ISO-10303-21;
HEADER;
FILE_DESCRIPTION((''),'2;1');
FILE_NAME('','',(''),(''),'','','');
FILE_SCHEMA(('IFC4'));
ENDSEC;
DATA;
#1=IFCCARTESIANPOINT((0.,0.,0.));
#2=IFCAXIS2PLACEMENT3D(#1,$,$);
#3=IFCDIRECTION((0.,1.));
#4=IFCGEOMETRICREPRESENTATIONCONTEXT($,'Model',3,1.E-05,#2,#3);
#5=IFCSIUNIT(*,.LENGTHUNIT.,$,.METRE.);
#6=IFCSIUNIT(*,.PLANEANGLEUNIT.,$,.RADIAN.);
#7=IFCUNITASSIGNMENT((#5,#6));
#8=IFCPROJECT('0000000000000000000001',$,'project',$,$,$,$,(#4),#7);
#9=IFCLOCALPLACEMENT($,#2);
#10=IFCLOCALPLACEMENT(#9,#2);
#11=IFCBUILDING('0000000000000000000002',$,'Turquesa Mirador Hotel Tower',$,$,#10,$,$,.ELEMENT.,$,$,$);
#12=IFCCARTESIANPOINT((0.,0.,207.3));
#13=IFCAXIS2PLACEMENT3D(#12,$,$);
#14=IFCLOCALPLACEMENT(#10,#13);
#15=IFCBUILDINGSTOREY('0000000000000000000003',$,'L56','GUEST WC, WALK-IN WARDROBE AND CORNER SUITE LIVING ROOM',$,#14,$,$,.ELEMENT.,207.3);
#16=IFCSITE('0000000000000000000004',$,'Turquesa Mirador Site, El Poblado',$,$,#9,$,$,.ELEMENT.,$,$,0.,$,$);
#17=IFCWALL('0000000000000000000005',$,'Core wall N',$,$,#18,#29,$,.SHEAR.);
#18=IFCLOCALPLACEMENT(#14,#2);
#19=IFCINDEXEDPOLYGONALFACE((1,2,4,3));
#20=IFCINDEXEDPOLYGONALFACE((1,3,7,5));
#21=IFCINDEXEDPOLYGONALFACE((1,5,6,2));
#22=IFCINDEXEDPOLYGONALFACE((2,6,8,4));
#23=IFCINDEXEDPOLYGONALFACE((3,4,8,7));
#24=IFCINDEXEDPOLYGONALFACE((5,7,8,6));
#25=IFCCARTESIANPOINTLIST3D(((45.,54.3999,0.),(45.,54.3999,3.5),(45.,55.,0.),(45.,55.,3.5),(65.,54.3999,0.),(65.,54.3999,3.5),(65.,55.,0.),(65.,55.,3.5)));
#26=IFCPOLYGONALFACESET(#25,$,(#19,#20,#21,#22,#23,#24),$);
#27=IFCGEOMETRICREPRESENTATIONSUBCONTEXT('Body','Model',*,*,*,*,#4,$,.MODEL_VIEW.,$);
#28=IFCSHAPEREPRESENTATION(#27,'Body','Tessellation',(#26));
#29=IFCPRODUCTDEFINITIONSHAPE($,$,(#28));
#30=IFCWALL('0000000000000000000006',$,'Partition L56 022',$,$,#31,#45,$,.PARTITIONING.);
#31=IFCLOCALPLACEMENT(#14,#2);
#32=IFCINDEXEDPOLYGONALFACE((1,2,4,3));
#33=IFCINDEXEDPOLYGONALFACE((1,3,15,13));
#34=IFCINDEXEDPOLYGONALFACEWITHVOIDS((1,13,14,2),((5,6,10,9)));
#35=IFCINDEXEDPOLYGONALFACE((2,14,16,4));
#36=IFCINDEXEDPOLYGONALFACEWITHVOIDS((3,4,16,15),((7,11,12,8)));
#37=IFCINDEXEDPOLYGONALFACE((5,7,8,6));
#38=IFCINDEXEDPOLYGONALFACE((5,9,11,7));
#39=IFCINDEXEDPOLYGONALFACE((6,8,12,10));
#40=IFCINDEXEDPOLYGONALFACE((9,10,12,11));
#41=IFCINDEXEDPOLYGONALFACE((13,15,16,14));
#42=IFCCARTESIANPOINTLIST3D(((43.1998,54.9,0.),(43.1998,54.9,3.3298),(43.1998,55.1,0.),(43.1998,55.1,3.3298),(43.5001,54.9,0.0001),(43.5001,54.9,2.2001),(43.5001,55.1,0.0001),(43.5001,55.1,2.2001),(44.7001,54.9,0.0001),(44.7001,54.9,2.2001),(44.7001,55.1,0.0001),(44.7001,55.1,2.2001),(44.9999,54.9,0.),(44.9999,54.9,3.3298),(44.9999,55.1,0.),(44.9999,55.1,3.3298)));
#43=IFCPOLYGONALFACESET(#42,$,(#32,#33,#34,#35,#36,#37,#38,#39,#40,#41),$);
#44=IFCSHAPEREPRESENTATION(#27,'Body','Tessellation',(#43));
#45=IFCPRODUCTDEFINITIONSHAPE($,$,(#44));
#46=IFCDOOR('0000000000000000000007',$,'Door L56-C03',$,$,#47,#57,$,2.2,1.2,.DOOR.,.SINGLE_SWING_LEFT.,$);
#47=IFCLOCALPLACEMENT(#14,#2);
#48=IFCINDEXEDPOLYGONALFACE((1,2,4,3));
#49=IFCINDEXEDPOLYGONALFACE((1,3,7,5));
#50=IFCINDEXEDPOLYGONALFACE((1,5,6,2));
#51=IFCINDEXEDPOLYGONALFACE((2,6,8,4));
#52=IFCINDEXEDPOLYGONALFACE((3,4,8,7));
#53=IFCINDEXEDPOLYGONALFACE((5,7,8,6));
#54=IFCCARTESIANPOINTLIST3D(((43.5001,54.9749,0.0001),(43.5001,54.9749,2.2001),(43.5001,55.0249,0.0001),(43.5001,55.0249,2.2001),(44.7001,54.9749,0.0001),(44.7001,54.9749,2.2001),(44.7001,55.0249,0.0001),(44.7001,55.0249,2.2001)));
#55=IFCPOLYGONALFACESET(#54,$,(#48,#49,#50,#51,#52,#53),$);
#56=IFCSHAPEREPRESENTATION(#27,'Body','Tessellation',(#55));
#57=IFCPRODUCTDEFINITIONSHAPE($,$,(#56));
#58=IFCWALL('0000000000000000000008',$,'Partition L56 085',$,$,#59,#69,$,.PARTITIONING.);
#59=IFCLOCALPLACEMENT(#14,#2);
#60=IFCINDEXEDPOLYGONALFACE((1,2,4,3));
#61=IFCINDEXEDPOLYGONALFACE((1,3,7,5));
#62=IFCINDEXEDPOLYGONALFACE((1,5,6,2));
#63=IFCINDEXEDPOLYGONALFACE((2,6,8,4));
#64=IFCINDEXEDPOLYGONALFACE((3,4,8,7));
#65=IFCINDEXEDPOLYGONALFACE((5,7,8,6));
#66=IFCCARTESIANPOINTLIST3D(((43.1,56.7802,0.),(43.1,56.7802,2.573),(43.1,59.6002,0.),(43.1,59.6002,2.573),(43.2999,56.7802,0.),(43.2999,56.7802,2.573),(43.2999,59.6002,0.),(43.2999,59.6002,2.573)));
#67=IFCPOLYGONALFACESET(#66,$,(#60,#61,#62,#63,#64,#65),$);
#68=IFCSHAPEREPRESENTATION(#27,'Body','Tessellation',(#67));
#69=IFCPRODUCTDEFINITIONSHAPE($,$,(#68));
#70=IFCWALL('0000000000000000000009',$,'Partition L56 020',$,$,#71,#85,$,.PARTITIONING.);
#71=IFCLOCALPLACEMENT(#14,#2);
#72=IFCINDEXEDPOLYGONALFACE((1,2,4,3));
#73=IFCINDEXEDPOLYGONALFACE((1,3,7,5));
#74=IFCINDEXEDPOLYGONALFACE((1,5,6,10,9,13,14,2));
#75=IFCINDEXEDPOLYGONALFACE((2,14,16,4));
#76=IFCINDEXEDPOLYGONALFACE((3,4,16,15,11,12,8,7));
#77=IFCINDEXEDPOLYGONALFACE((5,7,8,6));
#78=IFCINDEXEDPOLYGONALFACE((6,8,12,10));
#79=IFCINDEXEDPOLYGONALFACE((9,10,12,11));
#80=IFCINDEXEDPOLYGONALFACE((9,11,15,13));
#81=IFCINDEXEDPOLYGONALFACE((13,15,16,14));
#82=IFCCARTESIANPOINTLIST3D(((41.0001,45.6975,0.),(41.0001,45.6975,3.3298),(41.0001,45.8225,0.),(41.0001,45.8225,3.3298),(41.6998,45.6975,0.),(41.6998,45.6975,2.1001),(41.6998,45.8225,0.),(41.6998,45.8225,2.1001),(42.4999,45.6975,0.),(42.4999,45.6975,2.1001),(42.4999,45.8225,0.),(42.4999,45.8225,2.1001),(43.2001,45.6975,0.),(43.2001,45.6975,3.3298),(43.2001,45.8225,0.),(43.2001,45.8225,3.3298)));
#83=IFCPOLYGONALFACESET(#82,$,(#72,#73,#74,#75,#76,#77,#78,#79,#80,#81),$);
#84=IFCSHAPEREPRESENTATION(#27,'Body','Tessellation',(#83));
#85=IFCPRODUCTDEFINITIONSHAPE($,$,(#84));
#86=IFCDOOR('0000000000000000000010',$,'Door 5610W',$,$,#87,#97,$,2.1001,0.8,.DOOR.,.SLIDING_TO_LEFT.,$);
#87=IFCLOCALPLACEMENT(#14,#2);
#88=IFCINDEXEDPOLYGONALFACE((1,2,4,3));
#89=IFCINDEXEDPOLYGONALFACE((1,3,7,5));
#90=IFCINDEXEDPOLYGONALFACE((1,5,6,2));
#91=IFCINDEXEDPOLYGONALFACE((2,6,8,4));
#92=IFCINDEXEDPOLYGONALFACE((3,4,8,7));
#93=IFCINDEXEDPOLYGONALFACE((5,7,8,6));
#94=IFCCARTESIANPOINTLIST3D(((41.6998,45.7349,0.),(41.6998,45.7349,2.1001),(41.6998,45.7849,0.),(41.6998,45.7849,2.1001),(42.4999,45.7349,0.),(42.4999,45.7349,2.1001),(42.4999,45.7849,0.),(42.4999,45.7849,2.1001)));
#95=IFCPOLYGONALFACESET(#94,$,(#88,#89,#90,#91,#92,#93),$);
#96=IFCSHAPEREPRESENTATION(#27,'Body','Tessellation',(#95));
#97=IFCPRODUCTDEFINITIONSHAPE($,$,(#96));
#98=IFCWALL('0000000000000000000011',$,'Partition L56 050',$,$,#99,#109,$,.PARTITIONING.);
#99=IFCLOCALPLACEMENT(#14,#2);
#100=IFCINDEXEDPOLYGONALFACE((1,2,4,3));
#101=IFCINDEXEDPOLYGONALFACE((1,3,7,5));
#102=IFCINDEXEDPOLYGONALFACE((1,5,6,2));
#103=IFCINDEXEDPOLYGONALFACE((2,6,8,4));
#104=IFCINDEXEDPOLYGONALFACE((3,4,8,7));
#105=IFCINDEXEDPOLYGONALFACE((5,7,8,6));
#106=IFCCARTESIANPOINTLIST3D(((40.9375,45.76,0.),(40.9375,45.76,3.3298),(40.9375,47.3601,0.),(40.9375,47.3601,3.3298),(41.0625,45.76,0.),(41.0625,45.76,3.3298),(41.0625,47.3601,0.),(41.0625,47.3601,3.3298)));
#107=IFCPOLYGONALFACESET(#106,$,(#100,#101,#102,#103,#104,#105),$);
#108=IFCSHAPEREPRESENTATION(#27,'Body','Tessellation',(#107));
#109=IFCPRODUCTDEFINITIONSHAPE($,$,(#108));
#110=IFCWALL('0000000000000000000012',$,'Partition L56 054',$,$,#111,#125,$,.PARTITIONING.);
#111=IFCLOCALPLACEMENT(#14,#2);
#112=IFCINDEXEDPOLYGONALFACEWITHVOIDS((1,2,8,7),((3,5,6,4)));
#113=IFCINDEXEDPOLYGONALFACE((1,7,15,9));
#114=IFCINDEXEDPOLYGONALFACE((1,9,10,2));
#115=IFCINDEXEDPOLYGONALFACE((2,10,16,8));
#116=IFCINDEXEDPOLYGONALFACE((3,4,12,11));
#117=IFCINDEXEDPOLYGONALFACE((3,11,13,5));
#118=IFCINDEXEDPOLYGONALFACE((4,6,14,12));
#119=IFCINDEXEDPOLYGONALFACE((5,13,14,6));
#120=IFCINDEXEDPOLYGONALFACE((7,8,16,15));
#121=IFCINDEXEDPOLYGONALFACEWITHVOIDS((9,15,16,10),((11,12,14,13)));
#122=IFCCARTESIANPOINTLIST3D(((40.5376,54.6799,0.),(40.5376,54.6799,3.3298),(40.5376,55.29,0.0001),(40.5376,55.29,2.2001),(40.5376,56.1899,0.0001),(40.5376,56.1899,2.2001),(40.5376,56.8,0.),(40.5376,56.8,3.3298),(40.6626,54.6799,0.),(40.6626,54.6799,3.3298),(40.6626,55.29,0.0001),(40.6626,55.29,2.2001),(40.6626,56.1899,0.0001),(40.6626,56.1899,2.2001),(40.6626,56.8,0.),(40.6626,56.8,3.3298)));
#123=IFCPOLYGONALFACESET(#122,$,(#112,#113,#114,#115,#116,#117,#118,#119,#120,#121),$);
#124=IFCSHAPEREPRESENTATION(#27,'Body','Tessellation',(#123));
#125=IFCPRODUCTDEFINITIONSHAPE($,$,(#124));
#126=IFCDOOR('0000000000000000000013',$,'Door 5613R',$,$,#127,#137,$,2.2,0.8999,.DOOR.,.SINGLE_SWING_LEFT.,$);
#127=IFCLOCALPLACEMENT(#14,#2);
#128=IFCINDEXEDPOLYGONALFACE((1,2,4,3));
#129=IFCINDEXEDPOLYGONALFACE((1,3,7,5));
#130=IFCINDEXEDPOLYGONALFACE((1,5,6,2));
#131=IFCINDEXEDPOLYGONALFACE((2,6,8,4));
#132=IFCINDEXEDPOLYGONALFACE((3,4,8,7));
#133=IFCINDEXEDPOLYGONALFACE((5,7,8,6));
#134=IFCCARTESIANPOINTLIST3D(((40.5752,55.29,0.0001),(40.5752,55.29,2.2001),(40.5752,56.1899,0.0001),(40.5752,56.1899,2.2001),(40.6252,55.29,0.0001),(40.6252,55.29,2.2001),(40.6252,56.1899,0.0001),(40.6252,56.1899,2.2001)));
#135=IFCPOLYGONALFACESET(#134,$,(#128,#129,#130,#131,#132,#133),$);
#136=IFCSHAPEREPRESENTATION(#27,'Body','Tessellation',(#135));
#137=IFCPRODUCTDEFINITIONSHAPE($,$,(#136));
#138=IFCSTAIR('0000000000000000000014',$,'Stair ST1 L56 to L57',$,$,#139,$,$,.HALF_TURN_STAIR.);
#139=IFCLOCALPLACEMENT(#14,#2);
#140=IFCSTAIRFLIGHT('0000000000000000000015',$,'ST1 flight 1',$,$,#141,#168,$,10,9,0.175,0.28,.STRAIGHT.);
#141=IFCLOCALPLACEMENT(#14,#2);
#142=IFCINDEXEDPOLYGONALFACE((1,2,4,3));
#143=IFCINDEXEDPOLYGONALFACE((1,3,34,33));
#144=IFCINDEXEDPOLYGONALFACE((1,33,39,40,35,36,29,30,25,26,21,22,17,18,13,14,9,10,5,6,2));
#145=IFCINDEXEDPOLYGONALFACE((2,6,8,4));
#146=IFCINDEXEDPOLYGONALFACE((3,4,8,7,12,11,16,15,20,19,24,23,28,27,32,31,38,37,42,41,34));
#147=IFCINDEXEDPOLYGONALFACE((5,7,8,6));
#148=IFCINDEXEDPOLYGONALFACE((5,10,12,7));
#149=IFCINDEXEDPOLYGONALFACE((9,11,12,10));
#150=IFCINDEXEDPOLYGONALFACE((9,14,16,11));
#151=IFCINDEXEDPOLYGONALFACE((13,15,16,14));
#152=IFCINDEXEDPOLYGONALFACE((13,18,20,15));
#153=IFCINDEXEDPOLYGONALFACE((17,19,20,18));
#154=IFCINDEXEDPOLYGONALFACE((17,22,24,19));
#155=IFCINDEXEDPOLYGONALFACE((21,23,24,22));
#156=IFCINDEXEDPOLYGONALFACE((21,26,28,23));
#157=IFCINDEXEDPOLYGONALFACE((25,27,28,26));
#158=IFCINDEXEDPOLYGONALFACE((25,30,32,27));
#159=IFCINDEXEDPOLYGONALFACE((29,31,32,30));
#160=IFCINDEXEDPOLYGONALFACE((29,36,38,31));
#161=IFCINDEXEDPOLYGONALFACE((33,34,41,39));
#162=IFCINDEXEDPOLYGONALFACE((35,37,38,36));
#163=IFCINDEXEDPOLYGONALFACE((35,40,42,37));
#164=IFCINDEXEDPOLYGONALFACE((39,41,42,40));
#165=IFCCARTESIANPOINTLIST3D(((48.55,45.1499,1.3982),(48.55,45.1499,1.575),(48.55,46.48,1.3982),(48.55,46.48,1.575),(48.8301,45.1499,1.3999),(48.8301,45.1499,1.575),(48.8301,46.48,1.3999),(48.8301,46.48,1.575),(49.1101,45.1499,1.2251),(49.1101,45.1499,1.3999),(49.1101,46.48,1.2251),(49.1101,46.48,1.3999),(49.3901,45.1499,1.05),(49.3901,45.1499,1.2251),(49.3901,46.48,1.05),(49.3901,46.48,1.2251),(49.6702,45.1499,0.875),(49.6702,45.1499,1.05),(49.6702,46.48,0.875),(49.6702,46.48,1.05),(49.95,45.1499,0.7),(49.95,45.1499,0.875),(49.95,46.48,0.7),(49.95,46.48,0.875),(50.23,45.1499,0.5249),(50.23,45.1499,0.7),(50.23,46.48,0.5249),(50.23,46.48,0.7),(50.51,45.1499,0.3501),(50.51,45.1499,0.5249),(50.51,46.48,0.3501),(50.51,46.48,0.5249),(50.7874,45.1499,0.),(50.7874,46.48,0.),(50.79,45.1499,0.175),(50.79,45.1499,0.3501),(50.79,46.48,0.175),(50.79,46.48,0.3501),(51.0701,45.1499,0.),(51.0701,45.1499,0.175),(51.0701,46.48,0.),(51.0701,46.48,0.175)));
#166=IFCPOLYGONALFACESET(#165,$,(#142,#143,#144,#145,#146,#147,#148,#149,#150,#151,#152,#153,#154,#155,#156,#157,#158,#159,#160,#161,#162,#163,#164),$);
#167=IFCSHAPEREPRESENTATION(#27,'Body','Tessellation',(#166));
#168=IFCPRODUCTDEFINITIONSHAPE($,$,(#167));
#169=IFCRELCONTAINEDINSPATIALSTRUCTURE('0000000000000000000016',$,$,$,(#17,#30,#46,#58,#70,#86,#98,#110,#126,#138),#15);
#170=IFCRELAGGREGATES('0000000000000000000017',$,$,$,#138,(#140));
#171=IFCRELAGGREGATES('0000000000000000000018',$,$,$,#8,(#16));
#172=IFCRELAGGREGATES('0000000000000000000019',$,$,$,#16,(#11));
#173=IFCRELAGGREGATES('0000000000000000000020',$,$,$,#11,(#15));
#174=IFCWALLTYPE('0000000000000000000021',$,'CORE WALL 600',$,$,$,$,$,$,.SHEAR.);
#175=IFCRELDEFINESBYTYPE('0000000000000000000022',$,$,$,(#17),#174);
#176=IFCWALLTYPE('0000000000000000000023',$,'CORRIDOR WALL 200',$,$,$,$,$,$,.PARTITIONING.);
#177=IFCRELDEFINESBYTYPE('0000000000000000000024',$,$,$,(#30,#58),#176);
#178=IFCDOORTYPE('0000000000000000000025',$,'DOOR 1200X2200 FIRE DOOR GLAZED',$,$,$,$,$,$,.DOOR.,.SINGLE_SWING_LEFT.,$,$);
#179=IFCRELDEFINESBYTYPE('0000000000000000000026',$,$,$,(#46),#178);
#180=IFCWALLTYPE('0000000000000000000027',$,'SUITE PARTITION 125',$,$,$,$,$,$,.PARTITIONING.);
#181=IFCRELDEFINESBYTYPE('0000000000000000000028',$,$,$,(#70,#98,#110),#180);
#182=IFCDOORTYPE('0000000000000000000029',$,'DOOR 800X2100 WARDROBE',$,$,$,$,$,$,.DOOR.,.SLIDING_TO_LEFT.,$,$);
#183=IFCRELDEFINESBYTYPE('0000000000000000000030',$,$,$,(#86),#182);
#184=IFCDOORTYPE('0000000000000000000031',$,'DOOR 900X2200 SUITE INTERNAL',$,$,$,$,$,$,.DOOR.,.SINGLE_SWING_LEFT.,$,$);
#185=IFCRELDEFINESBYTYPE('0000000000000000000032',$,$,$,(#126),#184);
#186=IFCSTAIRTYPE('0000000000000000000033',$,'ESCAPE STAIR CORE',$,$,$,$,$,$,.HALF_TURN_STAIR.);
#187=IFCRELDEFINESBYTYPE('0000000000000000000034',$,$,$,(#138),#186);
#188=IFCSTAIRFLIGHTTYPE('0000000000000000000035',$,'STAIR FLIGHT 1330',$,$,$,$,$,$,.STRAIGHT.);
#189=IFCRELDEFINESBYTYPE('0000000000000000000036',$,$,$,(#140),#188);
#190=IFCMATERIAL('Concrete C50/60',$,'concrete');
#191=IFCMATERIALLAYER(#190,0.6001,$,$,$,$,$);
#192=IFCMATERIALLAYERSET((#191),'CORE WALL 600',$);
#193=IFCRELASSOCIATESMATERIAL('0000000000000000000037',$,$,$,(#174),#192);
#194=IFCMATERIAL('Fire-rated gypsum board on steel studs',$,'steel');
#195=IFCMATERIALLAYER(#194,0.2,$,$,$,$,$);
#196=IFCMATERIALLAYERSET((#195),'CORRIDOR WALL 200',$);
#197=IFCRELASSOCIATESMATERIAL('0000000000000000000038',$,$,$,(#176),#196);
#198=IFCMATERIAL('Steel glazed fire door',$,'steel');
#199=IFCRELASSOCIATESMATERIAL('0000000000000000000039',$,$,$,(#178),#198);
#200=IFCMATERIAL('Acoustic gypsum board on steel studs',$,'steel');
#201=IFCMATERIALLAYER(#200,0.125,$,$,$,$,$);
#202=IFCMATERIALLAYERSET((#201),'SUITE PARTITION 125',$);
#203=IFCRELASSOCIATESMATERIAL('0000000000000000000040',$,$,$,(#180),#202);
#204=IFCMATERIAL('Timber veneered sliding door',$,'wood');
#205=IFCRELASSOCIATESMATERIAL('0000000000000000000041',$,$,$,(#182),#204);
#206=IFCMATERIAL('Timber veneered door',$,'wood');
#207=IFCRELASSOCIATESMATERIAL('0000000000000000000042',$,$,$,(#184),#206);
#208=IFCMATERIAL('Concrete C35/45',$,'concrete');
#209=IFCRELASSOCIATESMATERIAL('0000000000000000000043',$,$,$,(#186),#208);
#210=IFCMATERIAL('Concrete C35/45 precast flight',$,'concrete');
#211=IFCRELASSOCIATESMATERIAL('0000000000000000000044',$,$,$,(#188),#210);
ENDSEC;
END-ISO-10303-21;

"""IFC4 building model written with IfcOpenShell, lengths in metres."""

from ifc_helpers import new_model, si_unit, direction, frame, frame_2d, origin, place, context, subcontext, project, spatial, polyline, rectangle, outline, extrude, material, layer, layer_set, type_object, element, fill, aggregate, save


model = new_model("IFC4")

# Units and contexts
model_context = context("Model", 3, precision=1e-05, world=origin(), true_north=direction((0.0, 1.0)))
body_context = subcontext(model_context, "Body", "Model", "MODEL_VIEW")
ifc_project = project(units=[si_unit("LENGTHUNIT", "METRE"), si_unit("PLANEANGLEUNIT", "RADIAN")], contexts=[model_context])

# Site, building, storey
site_placement = place(None, origin())
site = spatial("IfcSite", under=ifc_project, at=site_placement, Name="Turquesa Mirador Site, El Poblado", CompositionType="ELEMENT", RefElevation=0.0)
building_placement = place(site_placement, origin())
building = spatial("IfcBuilding", under=site, at=building_placement, Name="Turquesa Mirador Hotel Tower", CompositionType="ELEMENT")
storey_placement = place(building_placement, frame((0.0, 0.0, 207.3)))
storey = spatial("IfcBuildingStorey", under=building, at=storey_placement, Name="L56", Description="GUEST WC, WALK-IN WARDROBE AND CORNER SUITE LIVING ROOM", CompositionType="ELEMENT", Elevation=207.3)

# Wall
ifc_material_1 = material(Name="Concrete C50/60", Category="concrete")
ifc_layer_1 = layer(ifc_material_1, 0.6001)
ifc_layer_set_1 = layer_set([ifc_layer_1], Name="CORE WALL 600")
wall_type_1 = type_object("IfcWallType", Name="CORE WALL 600", PredefinedType="SHEAR", material=ifc_layer_set_1)
wall_1_placement = place(storey_placement, frame((45.0, 54.7, 0.0), z_axis=(0.0, 0.0, 1.0), x_axis=(1.0, 0.0, 0.0)))
element("IfcWall", 1, at=wall_1_placement, inside=storey, type_object=wall_type_1, Name="Core wall N", PredefinedType="SHEAR", context=body_context, shape_type="SweptSolid", body=[
    extrude(rectangle(XDim=20.0, YDim=0.6001, at=frame_2d((10.0, 0.0))), origin(), (0.0, 0.0, 1.0), 3.5),
])

# Wall, opening, door
ifc_material_2 = material(Name="Fire-rated gypsum board on steel studs", Category="steel")
ifc_layer_2 = layer(ifc_material_2, 0.2)
ifc_layer_set_2 = layer_set([ifc_layer_2], Name="CORRIDOR WALL 200")
wall_type_2 = type_object("IfcWallType", Name="CORRIDOR WALL 200", PredefinedType="PARTITIONING", material=ifc_layer_set_2)
wall_2_placement = place(storey_placement, frame((43.2, 55.0, 0.0), z_axis=(0.0, 0.0, 1.0), x_axis=(1.0, 0.0, 0.0)))
wall_2 = element("IfcWall", 2, at=wall_2_placement, inside=storey, type_object=wall_type_2, Name="Partition L56 022", PredefinedType="PARTITIONING", context=body_context, shape_type="SweptSolid", body=[
    extrude(rectangle(XDim=1.8, YDim=0.2, at=frame_2d((0.8999, 0.0))), origin(), (0.0, 0.0, 1.0), 3.3298),
])
opening_1_placement = place(wall_2_placement, frame((0.3, 0.0, 0.0)))
opening_1 = element("IfcOpeningElement", 3, at=opening_1_placement, cuts=wall_2, PredefinedType="OPENING", context=body_context, shape_type="SweptSolid", body=[
    extrude(rectangle(XDim=1.2, YDim=2.2, at=frame_2d((0.6001, 1.1001))), frame((0.0, 0.1099, 0.0), z_axis=(0.0, -1.0, 0.0), x_axis=(1.0, 0.0, 0.0)), (0.0, 0.0, 1.0), 0.22),
])
ifc_material_3 = material(Name="Steel glazed fire door", Category="steel")
door_type_1 = type_object("IfcDoorType", Name="DOOR 1200X2200 FIRE DOOR GLAZED", OperationType="SINGLE_SWING_LEFT", PredefinedType="DOOR", material=ifc_material_3)
door_1_placement = place(opening_1_placement, origin())
door_1 = element("IfcDoor", 4, at=door_1_placement, inside=storey, type_object=door_type_1, Name="Door L56-C03", OperationType="SINGLE_SWING_LEFT", OverallHeight=2.2, OverallWidth=1.2, PredefinedType="DOOR", context=body_context, shape_type="SweptSolid", body=[
    extrude(rectangle(XDim=1.2, YDim=2.2, at=frame_2d((0.6001, 1.1001))), frame((0.0, 0.0249, 0.0), z_axis=(0.0, -1.0, 0.0), x_axis=(1.0, 0.0, 0.0)), (0.0, 0.0, 1.0), 0.05),
])
fill(opening_1, door_1)

# Wall
wall_3_placement = place(storey_placement, frame((43.2, 56.78, 0.0), z_axis=(0.0, 0.0, 1.0), x_axis=(0.0, 1.0, 0.0)))
element("IfcWall", 5, at=wall_3_placement, inside=storey, type_object=wall_type_2, Name="Partition L56 085", PredefinedType="PARTITIONING", context=body_context, shape_type="SweptSolid", body=[
    extrude(rectangle(XDim=2.8201, YDim=0.2, at=frame_2d((1.4102, 0.0))), origin(), (0.0, 0.0, 1.0), 2.573),
])

# Wall, opening, door
ifc_material_4 = material(Name="Acoustic gypsum board on steel studs", Category="steel")
ifc_layer_3 = layer(ifc_material_4, 0.125)
ifc_layer_set_3 = layer_set([ifc_layer_3], Name="SUITE PARTITION 125")
wall_type_3 = type_object("IfcWallType", Name="SUITE PARTITION 125", PredefinedType="PARTITIONING", material=ifc_layer_set_3)
wall_4_placement = place(storey_placement, frame((41.0, 45.76, 0.0), z_axis=(0.0, 0.0, 1.0), x_axis=(1.0, 0.0, 0.0)))
wall_4 = element("IfcWall", 6, at=wall_4_placement, inside=storey, type_object=wall_type_3, Name="Partition L56 020", PredefinedType="PARTITIONING", context=body_context, shape_type="SweptSolid", body=[
    extrude(rectangle(XDim=2.2, YDim=0.125, at=frame_2d((1.1001, 0.0))), origin(), (0.0, 0.0, 1.0), 3.3298),
])
opening_2_placement = place(wall_4_placement, frame((0.7, 0.0, 0.0)))
opening_2 = element("IfcOpeningElement", 7, at=opening_2_placement, cuts=wall_4, PredefinedType="OPENING", context=body_context, shape_type="SweptSolid", body=[
    extrude(rectangle(XDim=0.8, YDim=2.1001, at=frame_2d((0.3999, 1.05))), frame((0.0, 0.0725, 0.0), z_axis=(0.0, -1.0, 0.0), x_axis=(1.0, 0.0, 0.0)), (0.0, 0.0, 1.0), 0.145),
])
ifc_material_5 = material(Name="Timber veneered sliding door", Category="wood")
door_type_2 = type_object("IfcDoorType", Name="DOOR 800X2100 WARDROBE", OperationType="SLIDING_TO_LEFT", PredefinedType="DOOR", material=ifc_material_5)
door_2_placement = place(opening_2_placement, origin())
door_2 = element("IfcDoor", 8, at=door_2_placement, inside=storey, type_object=door_type_2, Name="Door 5610W", OperationType="SLIDING_TO_LEFT", OverallHeight=2.1001, OverallWidth=0.8, PredefinedType="DOOR", context=body_context, shape_type="SweptSolid", body=[
    extrude(rectangle(XDim=0.8, YDim=2.1001, at=frame_2d((0.3999, 1.05))), frame((0.0, 0.0249, 0.0), z_axis=(0.0, -1.0, 0.0), x_axis=(1.0, 0.0, 0.0)), (0.0, 0.0, 1.0), 0.05),
])
fill(opening_2, door_2)

# Wall
wall_5_placement = place(storey_placement, frame((41.0, 45.76, 0.0), z_axis=(0.0, 0.0, 1.0), x_axis=(0.0, 1.0, 0.0)))
element("IfcWall", 9, at=wall_5_placement, inside=storey, type_object=wall_type_3, Name="Partition L56 050", PredefinedType="PARTITIONING", context=body_context, shape_type="SweptSolid", body=[
    extrude(rectangle(XDim=1.6001, YDim=0.125, at=frame_2d((0.8, 0.0))), origin(), (0.0, 0.0, 1.0), 3.3298),
])

# Wall, opening, door
wall_6_placement = place(storey_placement, frame((40.6001, 54.6799, 0.0), z_axis=(0.0, 0.0, 1.0), x_axis=(0.0, 1.0, 0.0)))
wall_6 = element("IfcWall", 10, at=wall_6_placement, inside=storey, type_object=wall_type_3, Name="Partition L56 054", PredefinedType="PARTITIONING", context=body_context, shape_type="SweptSolid", body=[
    extrude(rectangle(XDim=2.1201, YDim=0.125, at=frame_2d((1.0601, 0.0))), origin(), (0.0, 0.0, 1.0), 3.3298),
])
opening_3_placement = place(wall_6_placement, frame((0.6101, 0.0, 0.0)))
opening_3 = element("IfcOpeningElement", 11, at=opening_3_placement, cuts=wall_6, PredefinedType="OPENING", context=body_context, shape_type="SweptSolid", body=[
    extrude(rectangle(XDim=0.8999, YDim=2.2, at=frame_2d((0.45, 1.1001))), frame((0.0, 0.0725, 0.0), z_axis=(0.0, -1.0, 0.0), x_axis=(1.0, 0.0, 0.0)), (0.0, 0.0, 1.0), 0.145),
])
ifc_material_6 = material(Name="Timber veneered door", Category="wood")
door_type_3 = type_object("IfcDoorType", Name="DOOR 900X2200 SUITE INTERNAL", OperationType="SINGLE_SWING_LEFT", PredefinedType="DOOR", material=ifc_material_6)
door_3_placement = place(opening_3_placement, origin())
door_3 = element("IfcDoor", 12, at=door_3_placement, inside=storey, type_object=door_type_3, Name="Door 5613R", OperationType="SINGLE_SWING_LEFT", OverallHeight=2.2, OverallWidth=0.8999, PredefinedType="DOOR", context=body_context, shape_type="SweptSolid", body=[
    extrude(rectangle(XDim=0.8999, YDim=2.2, at=frame_2d((0.45, 1.1001))), frame((0.0, 0.0249, 0.0), z_axis=(0.0, -1.0, 0.0), x_axis=(1.0, 0.0, 0.0)), (0.0, 0.0, 1.0), 0.05),
])
fill(opening_3, door_3)

# Stair, stair flight
ifc_material_7 = material(Name="Concrete C35/45", Category="concrete")
stair_type = type_object("IfcStairType", Name="ESCAPE STAIR CORE", PredefinedType="HALF_TURN_STAIR", material=ifc_material_7)
stair_1_placement = place(storey_placement, origin())
stair_1 = element("IfcStair", 13, at=stair_1_placement, inside=storey, type_object=stair_type, Name="Stair ST1 L56 to L57", PredefinedType="HALF_TURN_STAIR")
ifc_material_8 = material(Name="Concrete C35/45 precast flight", Category="concrete")
stair_flight_type = type_object("IfcStairFlightType", Name="STAIR FLIGHT 1330", PredefinedType="STRAIGHT", material=ifc_material_8)
stair_flight_1_placement = place(storey_placement, frame((51.0701, 45.8149, 0.0), z_axis=(0.0, 0.0, 1.0), x_axis=(-1.0, 0.0, 0.0)))
stair_flight_1 = element("IfcStairFlight", 14, at=stair_flight_1_placement, type_object=stair_flight_type, Name="ST1 flight 1", NumberOfRisers=10, NumberOfTreads=9, PredefinedType="STRAIGHT", RiserHeight=0.175, TreadLength=0.28, context=body_context, shape_type="SweptSolid", body=[
    extrude(outline(polyline([(0.0, 0.0), (0.0, 0.175), (0.28, 0.175), (0.28, 0.3501), (0.5601, 0.3501), (0.5601, 0.5249), (0.8401, 0.5249), (0.8401, 0.7), (1.1201, 0.7), (1.1201, 0.875), (1.3999, 0.875), (1.3999, 1.05), (1.6799, 1.05), (1.6799, 1.2251), (1.96, 1.2251), (1.96, 1.3999), (2.24, 1.3999), (2.24, 1.575), (2.52, 1.575), (2.52, 1.75), (2.52, 1.3982), (0.2827, 0.0), (0.0, 0.0)])), frame((0.0, 0.665, 0.0), z_axis=(0.0, -1.0, 0.0), x_axis=(1.0, 0.0, 0.0)), (0.0, 0.0, 1.0), 1.3301),
])
aggregate(stair_1, [stair_flight_1])

save(model, "model.ifc")
